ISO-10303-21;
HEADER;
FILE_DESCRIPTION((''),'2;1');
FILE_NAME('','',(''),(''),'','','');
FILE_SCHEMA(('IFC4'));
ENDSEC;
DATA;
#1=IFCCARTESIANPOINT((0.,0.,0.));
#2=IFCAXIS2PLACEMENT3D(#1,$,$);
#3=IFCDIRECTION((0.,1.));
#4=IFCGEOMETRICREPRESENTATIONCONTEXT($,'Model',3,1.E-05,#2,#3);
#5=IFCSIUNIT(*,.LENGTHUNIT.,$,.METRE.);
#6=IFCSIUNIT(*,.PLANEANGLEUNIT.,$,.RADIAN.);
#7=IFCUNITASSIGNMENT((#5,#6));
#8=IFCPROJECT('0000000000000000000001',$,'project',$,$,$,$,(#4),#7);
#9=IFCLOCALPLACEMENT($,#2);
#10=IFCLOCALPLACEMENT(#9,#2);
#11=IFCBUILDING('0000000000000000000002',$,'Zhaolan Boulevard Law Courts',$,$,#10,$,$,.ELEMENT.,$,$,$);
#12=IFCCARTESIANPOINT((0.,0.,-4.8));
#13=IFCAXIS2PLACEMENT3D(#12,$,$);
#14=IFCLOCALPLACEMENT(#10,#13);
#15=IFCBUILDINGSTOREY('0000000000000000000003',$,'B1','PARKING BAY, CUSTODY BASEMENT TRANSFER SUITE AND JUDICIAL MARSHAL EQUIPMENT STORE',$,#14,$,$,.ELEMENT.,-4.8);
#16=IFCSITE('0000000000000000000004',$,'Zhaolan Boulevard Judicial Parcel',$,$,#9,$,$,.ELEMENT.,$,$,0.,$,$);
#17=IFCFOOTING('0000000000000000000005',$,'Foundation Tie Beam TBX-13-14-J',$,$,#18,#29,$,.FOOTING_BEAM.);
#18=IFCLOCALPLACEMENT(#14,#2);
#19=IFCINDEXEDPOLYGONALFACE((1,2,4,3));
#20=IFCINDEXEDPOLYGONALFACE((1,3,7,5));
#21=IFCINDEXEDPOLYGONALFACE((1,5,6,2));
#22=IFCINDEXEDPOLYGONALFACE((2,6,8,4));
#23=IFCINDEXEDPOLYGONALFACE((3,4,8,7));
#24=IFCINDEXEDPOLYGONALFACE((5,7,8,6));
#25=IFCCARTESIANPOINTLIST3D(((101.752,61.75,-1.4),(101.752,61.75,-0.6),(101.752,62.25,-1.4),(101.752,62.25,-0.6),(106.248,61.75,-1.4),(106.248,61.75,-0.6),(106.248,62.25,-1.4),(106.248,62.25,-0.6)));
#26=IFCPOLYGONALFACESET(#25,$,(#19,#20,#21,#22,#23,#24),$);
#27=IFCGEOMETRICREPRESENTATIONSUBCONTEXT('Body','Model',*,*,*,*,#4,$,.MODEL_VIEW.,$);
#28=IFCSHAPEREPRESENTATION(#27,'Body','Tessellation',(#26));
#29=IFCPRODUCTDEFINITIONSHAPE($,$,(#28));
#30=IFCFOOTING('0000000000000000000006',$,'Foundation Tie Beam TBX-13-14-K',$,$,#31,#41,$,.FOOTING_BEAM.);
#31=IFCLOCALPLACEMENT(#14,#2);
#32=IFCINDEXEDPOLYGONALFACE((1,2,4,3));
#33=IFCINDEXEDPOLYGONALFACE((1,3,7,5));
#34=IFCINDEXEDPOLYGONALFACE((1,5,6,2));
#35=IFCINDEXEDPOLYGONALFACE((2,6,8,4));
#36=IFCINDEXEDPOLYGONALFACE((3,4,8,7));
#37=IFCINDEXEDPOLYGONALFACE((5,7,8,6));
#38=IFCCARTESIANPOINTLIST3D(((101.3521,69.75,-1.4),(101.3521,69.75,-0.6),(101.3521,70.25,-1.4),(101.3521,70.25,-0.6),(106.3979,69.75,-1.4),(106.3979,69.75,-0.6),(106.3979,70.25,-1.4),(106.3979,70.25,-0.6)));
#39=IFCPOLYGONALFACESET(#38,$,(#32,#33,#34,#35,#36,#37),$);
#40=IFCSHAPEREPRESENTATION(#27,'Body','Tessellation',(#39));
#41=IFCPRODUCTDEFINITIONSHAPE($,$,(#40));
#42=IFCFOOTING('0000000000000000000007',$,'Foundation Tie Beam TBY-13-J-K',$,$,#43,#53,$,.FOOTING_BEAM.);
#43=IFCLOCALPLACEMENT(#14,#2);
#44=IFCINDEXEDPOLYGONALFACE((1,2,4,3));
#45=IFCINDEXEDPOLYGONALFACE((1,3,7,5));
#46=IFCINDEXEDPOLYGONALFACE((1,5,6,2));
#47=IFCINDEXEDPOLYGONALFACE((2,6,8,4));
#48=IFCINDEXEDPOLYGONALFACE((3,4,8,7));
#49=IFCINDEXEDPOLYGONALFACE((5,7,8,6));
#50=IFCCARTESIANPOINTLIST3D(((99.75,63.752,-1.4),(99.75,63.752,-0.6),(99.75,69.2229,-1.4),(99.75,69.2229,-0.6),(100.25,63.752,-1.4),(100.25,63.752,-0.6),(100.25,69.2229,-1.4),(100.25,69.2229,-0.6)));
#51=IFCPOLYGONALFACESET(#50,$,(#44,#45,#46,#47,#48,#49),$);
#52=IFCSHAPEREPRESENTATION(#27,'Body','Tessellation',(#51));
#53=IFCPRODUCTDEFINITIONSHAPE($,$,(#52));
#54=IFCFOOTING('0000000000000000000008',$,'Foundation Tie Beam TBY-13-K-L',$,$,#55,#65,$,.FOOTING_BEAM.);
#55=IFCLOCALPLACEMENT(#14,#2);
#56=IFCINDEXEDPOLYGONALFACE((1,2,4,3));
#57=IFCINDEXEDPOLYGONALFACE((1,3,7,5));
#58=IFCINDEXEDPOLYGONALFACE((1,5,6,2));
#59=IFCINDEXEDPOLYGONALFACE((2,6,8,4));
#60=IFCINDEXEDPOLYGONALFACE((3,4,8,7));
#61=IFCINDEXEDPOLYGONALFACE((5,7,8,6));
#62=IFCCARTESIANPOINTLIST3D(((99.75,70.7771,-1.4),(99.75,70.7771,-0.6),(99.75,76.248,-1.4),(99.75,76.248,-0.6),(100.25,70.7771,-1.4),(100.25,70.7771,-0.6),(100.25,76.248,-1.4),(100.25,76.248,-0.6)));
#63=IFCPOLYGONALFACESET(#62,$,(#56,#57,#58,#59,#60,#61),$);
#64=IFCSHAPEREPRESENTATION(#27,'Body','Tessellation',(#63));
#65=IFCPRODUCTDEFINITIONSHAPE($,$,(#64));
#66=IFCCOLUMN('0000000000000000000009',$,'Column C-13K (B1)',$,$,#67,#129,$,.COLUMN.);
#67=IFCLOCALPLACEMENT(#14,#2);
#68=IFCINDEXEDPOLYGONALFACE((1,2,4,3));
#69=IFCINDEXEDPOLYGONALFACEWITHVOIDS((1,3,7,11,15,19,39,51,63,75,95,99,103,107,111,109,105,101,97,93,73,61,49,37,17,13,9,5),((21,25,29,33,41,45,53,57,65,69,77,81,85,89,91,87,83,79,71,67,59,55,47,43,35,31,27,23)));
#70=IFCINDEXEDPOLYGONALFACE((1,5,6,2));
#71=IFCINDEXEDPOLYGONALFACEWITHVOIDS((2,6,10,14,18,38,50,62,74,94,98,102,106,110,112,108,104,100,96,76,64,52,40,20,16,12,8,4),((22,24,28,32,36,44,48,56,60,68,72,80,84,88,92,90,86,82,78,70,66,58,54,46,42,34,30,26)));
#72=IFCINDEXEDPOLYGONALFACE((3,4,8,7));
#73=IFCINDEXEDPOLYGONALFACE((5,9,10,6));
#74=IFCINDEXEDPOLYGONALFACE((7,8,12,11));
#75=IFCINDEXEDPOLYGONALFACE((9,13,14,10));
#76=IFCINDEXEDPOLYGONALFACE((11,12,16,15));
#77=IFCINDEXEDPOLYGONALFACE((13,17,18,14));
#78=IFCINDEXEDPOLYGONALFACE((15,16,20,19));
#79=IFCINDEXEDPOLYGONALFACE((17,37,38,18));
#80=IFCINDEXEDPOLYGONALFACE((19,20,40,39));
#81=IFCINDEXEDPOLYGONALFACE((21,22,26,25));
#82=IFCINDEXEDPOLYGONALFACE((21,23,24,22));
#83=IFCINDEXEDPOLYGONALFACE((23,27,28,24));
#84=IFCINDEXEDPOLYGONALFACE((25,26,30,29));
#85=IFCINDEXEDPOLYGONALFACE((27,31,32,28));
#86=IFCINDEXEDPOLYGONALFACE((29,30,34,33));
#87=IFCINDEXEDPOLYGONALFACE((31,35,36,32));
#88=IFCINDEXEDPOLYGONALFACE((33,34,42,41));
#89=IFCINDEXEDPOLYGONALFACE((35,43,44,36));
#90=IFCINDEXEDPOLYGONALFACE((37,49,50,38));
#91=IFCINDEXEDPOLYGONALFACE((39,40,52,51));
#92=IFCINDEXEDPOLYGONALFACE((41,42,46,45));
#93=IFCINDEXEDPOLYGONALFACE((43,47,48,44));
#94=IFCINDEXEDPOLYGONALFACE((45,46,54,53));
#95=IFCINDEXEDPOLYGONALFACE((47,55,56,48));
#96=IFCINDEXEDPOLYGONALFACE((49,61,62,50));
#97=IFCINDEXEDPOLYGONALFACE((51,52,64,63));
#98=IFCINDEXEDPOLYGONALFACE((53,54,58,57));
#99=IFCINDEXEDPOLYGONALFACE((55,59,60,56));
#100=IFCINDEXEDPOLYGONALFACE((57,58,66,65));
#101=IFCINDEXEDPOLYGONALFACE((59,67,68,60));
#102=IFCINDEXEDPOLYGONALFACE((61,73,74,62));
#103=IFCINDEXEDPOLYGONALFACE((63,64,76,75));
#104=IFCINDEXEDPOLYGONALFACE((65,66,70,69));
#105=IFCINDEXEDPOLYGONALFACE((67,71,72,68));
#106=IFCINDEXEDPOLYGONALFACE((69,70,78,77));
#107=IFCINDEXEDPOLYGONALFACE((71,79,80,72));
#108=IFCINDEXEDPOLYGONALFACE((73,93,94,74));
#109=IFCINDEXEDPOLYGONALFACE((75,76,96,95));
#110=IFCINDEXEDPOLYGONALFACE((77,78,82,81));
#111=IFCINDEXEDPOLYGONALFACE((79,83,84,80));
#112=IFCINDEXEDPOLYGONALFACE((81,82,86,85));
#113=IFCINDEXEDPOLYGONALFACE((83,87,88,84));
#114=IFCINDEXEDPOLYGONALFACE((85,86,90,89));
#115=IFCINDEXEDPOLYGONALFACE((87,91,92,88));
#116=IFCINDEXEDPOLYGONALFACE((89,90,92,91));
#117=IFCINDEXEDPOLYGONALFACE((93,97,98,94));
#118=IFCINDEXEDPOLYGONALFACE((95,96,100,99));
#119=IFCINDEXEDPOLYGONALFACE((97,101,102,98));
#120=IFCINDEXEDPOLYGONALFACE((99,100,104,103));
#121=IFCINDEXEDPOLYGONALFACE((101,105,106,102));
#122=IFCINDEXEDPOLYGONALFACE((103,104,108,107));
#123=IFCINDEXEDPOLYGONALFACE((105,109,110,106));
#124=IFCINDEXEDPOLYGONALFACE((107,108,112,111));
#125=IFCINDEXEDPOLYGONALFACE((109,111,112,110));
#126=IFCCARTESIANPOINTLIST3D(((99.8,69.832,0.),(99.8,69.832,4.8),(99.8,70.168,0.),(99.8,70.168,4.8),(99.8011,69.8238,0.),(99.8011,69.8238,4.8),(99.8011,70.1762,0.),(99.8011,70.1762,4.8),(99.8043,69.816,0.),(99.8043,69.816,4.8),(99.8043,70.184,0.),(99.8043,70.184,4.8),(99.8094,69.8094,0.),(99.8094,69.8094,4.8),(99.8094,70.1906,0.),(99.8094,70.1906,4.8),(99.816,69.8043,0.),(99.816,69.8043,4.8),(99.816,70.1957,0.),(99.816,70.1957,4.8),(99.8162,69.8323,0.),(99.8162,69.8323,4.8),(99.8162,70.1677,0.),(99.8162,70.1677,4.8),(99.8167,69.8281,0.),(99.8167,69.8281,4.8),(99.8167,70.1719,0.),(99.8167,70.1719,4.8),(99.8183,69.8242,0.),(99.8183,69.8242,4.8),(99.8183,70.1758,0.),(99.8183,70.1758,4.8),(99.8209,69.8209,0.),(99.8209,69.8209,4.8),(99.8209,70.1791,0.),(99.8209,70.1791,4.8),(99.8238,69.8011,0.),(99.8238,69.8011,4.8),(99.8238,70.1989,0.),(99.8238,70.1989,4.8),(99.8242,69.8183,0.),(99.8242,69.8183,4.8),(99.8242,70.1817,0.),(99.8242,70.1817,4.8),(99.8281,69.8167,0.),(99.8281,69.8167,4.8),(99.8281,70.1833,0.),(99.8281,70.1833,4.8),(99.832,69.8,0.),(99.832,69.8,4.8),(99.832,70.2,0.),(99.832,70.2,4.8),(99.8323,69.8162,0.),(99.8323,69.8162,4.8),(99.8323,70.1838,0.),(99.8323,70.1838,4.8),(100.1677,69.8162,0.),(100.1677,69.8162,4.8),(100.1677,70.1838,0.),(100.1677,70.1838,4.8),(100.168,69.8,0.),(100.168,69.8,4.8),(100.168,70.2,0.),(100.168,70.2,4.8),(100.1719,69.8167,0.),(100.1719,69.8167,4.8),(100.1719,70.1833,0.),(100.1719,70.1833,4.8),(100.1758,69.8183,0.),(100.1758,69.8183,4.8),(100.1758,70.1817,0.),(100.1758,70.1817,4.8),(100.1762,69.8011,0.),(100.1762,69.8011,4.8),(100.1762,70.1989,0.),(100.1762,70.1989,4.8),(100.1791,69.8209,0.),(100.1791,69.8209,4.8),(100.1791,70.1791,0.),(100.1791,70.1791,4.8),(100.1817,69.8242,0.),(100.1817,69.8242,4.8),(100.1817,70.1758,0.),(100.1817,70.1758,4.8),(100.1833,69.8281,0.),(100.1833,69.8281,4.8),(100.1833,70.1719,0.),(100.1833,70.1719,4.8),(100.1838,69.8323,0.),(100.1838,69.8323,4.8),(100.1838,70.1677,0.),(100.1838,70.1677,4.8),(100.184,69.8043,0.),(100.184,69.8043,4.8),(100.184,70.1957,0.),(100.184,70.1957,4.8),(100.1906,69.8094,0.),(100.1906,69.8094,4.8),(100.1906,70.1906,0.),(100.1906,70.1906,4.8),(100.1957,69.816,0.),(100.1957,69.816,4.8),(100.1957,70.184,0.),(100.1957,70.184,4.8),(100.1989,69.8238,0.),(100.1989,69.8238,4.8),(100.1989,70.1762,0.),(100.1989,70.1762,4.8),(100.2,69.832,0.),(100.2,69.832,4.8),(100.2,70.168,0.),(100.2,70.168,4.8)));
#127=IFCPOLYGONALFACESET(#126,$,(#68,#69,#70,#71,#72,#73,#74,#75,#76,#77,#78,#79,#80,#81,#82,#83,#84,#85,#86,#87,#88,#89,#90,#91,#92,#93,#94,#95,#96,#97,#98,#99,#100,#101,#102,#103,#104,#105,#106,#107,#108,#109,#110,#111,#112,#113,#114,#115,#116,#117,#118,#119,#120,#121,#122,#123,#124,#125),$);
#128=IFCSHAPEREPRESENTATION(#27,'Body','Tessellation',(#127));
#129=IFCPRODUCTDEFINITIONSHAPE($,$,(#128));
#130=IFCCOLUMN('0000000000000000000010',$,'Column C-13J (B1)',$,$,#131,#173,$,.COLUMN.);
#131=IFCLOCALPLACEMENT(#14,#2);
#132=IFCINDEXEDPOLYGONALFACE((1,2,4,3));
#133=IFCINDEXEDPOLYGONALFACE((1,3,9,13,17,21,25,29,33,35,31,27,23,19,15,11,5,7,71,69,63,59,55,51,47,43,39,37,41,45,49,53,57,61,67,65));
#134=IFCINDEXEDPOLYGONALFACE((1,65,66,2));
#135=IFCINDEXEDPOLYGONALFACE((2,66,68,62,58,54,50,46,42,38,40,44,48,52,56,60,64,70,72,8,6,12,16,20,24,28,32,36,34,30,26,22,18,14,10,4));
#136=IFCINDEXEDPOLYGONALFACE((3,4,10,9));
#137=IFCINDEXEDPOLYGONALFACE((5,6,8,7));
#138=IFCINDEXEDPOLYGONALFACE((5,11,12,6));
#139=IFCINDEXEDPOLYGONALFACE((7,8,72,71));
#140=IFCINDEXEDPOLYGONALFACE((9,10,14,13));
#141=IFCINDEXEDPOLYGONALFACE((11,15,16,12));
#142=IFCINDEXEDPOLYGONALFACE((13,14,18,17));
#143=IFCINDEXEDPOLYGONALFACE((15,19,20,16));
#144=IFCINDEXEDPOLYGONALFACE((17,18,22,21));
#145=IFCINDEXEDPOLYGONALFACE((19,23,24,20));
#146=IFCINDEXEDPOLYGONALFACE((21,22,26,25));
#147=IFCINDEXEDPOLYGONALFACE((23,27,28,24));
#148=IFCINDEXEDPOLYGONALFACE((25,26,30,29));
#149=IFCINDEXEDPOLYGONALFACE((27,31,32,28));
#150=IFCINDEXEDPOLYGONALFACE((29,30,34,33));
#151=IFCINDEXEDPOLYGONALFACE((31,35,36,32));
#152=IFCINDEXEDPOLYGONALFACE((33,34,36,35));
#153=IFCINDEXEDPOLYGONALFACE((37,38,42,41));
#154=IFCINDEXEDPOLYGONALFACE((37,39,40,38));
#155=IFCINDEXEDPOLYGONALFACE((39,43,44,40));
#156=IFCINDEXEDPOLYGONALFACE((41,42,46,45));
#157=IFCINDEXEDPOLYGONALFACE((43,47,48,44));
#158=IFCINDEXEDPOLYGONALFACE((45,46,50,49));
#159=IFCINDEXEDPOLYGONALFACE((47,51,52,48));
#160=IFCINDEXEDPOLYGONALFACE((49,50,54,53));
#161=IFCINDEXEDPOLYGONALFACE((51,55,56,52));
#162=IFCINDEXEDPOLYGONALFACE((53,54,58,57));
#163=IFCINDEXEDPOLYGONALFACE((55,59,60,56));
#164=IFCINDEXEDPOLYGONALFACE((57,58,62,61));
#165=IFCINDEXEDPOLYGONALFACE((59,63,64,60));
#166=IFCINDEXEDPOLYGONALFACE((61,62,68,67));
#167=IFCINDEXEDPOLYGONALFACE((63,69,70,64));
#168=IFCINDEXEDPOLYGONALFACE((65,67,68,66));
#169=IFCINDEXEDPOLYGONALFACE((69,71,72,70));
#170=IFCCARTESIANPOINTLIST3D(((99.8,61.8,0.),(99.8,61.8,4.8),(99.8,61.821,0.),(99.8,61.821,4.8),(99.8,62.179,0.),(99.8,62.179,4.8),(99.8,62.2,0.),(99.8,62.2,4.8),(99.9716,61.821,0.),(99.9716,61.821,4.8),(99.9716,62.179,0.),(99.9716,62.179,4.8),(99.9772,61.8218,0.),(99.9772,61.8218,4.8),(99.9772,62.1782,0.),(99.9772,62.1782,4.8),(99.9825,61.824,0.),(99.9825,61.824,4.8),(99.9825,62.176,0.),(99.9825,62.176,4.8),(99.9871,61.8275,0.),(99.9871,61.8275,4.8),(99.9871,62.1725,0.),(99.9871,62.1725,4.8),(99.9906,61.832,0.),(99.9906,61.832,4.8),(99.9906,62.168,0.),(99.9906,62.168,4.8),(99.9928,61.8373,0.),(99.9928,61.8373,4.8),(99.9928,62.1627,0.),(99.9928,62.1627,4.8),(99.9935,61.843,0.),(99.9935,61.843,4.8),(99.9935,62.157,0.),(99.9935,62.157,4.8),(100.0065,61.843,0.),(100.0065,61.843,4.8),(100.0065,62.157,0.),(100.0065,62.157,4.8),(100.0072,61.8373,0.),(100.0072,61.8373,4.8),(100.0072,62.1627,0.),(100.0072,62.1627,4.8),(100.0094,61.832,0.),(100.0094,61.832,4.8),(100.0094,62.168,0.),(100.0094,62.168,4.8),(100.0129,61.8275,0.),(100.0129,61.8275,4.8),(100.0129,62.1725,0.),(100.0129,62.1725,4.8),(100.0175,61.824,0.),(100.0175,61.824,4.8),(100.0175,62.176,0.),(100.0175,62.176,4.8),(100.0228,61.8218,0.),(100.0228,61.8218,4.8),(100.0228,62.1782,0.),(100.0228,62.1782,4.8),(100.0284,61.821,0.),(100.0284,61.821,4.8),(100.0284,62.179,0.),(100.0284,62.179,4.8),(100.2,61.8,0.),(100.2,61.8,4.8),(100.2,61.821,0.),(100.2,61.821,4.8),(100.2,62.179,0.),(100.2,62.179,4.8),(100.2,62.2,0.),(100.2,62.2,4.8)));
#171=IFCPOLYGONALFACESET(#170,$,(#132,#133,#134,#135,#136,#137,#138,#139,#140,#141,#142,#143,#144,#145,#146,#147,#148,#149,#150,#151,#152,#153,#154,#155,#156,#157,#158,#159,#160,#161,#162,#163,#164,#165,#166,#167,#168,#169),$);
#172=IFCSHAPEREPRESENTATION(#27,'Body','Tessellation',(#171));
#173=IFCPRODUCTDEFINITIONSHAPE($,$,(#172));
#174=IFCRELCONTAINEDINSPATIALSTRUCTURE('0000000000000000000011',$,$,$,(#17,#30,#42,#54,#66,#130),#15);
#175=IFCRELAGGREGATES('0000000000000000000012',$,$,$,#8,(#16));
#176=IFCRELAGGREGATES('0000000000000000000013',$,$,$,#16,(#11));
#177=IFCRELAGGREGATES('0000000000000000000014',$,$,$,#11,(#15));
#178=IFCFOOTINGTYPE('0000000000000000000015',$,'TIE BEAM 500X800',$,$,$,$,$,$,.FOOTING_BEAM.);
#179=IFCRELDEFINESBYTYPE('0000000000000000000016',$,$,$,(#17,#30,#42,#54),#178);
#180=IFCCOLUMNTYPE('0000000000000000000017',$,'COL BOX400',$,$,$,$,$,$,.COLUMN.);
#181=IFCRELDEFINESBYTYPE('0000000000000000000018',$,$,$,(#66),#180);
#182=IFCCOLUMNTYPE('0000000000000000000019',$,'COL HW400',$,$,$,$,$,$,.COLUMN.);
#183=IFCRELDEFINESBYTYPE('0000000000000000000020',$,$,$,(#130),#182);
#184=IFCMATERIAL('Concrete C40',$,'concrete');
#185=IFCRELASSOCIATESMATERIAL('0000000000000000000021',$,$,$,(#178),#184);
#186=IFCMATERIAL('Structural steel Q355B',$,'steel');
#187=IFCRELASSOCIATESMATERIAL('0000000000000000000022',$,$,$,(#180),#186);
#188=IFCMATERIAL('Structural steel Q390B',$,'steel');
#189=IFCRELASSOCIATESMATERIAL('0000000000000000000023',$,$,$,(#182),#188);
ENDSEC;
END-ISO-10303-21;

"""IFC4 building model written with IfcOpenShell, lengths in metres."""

from ifc_helpers import new_model, si_unit, direction, frame, origin, origin_2d, place, context, subcontext, project, spatial, rectangle, hollow_rectangle, i_section, extrude, material, material_profile, profile_set, type_object, element, save


model = new_model("IFC4")

# Units and contexts
model_context = context("Model", 3, precision=1e-05, world=origin(), true_north=direction((0.0, 1.0)))
body_context = subcontext(model_context, "Body", "Model", "MODEL_VIEW")
ifc_project = project(units=[si_unit("LENGTHUNIT", "METRE"), si_unit("PLANEANGLEUNIT", "RADIAN")], contexts=[model_context])

# Site, building, storey
site_placement = place(None, origin())
site = spatial("IfcSite", under=ifc_project, at=site_placement, Name="Zhaolan Boulevard Judicial Parcel", CompositionType="ELEMENT", RefElevation=0.0)
building_placement = place(site_placement, origin())
building = spatial("IfcBuilding", under=site, at=building_placement, Name="Zhaolan Boulevard Law Courts", CompositionType="ELEMENT")
storey_placement = place(building_placement, frame((0.0, 0.0, -4.8)))
storey = spatial("IfcBuildingStorey", under=building, at=storey_placement, Name="B1", Description="PARKING BAY, CUSTODY BASEMENT TRANSFER SUITE AND JUDICIAL MARSHAL EQUIPMENT STORE", CompositionType="ELEMENT", Elevation=-4.8)

# Footings
ifc_material_1 = material(Name="Concrete C40", Category="concrete")
ifc_material_profile_1 = material_profile(ifc_material_1, rectangle(XDim=0.5, YDim=0.8, at=origin_2d()), Name="RC500x800")
ifc_profile_set_1 = profile_set([ifc_material_profile_1], Name="Concrete C40")
footing_type_1 = type_object("IfcFootingType", Name="TIE BEAM 500X800", PredefinedType="FOOTING_BEAM", material=ifc_profile_set_1)
footing_1_placement = place(storey_placement, frame((101.752, 62.0, -1.0), z_axis=(1.0, 0.0, 0.0), x_axis=(0.0, 1.0, 0.0)))
element("IfcFooting", 1, at=footing_1_placement, inside=storey, type_object=footing_type_1, Name="Foundation Tie Beam TBX-13-14-J", PredefinedType="FOOTING_BEAM", context=body_context, shape_type="SweptSolid", body=[
    extrude(rectangle(XDim=0.5, YDim=0.8, at=origin_2d()), origin(), (0.0, 0.0, 1.0), 4.4961),
])
footing_2_placement = place(storey_placement, frame((101.3521, 70.0, -1.0), z_axis=(1.0, 0.0, 0.0), x_axis=(0.0, 1.0, 0.0)))
element("IfcFooting", 2, at=footing_2_placement, inside=storey, type_object=footing_type_1, Name="Foundation Tie Beam TBX-13-14-K", PredefinedType="FOOTING_BEAM", context=body_context, shape_type="SweptSolid", body=[
    extrude(rectangle(XDim=0.5, YDim=0.8, at=origin_2d()), origin(), (0.0, 0.0, 1.0), 5.0459),
])
for number, where, z_axis, x_axis, name in (
    (3, (100.0, 63.752, -1.0), (0.0, 1.0, 0.0), (-1.0, 0.0, 0.0), "Foundation Tie Beam TBY-13-J-K"),
    (4, (100.0, 70.7771, -1.0), (0.0, 1.0, 0.0), (-1.0, 0.0, 0.0), "Foundation Tie Beam TBY-13-K-L"),
):
    element("IfcFooting", number, at=place(storey_placement, frame(where, z_axis=z_axis, x_axis=x_axis)), inside=storey, type_object=footing_type_1, Name=name, PredefinedType="FOOTING_BEAM", context=body_context, shape_type="SweptSolid", body=[
        extrude(rectangle(XDim=0.5, YDim=0.8, at=origin_2d()), origin(), (0.0, 0.0, 1.0), 5.4709),
    ])

# Columns
ifc_material_2 = material(Name="Structural steel Q355B", Category="steel")
ifc_material_profile_2 = material_profile(ifc_material_2, hollow_rectangle(XDim=0.3999, YDim=0.3999, WallThickness=0.0161, InnerFilletRadius=0.0161, OuterFilletRadius=0.032, at=origin_2d()), Name="BOX400x400x16")
ifc_profile_set_2 = profile_set([ifc_material_profile_2], Name="Structural steel Q355B")
column_type_1 = type_object("IfcColumnType", Name="COL BOX400", PredefinedType="COLUMN", material=ifc_profile_set_2)
column_1_placement = place(storey_placement, frame((100.0, 70.0, 0.0), z_axis=(0.0, 0.0, 1.0), x_axis=(1.0, 0.0, 0.0)))
element("IfcColumn", 5, at=column_1_placement, inside=storey, type_object=column_type_1, Name="Column C-13K (B1)", PredefinedType="COLUMN", context=body_context, shape_type="SweptSolid", body=[
    extrude(hollow_rectangle(XDim=0.3999, YDim=0.3999, WallThickness=0.0161, InnerFilletRadius=0.0161, OuterFilletRadius=0.032, at=origin_2d()), origin(), (0.0, 0.0, 1.0), 4.8),
])
ifc_material_3 = material(Name="Structural steel Q390B", Category="steel")
ifc_material_profile_3 = material_profile(ifc_material_3, i_section(OverallWidth=0.3999, OverallDepth=0.3999, WebThickness=0.0129, FlangeThickness=0.021, FilletRadius=0.022, at=origin_2d()), Name="HW400x400")
ifc_profile_set_3 = profile_set([ifc_material_profile_3], Name="Structural steel Q390B")
column_type_2 = type_object("IfcColumnType", Name="COL HW400", PredefinedType="COLUMN", material=ifc_profile_set_3)
column_2_placement = place(storey_placement, frame((100.0, 62.0, 0.0), z_axis=(0.0, 0.0, 1.0), x_axis=(1.0, 0.0, 0.0)))
element("IfcColumn", 6, at=column_2_placement, inside=storey, type_object=column_type_2, Name="Column C-13J (B1)", PredefinedType="COLUMN", context=body_context, shape_type="SweptSolid", body=[
    extrude(i_section(OverallWidth=0.3999, OverallDepth=0.3999, WebThickness=0.0129, FlangeThickness=0.021, FilletRadius=0.022, at=origin_2d()), origin(), (0.0, 0.0, 1.0), 4.8),
])

save(model, "model.ifc")
